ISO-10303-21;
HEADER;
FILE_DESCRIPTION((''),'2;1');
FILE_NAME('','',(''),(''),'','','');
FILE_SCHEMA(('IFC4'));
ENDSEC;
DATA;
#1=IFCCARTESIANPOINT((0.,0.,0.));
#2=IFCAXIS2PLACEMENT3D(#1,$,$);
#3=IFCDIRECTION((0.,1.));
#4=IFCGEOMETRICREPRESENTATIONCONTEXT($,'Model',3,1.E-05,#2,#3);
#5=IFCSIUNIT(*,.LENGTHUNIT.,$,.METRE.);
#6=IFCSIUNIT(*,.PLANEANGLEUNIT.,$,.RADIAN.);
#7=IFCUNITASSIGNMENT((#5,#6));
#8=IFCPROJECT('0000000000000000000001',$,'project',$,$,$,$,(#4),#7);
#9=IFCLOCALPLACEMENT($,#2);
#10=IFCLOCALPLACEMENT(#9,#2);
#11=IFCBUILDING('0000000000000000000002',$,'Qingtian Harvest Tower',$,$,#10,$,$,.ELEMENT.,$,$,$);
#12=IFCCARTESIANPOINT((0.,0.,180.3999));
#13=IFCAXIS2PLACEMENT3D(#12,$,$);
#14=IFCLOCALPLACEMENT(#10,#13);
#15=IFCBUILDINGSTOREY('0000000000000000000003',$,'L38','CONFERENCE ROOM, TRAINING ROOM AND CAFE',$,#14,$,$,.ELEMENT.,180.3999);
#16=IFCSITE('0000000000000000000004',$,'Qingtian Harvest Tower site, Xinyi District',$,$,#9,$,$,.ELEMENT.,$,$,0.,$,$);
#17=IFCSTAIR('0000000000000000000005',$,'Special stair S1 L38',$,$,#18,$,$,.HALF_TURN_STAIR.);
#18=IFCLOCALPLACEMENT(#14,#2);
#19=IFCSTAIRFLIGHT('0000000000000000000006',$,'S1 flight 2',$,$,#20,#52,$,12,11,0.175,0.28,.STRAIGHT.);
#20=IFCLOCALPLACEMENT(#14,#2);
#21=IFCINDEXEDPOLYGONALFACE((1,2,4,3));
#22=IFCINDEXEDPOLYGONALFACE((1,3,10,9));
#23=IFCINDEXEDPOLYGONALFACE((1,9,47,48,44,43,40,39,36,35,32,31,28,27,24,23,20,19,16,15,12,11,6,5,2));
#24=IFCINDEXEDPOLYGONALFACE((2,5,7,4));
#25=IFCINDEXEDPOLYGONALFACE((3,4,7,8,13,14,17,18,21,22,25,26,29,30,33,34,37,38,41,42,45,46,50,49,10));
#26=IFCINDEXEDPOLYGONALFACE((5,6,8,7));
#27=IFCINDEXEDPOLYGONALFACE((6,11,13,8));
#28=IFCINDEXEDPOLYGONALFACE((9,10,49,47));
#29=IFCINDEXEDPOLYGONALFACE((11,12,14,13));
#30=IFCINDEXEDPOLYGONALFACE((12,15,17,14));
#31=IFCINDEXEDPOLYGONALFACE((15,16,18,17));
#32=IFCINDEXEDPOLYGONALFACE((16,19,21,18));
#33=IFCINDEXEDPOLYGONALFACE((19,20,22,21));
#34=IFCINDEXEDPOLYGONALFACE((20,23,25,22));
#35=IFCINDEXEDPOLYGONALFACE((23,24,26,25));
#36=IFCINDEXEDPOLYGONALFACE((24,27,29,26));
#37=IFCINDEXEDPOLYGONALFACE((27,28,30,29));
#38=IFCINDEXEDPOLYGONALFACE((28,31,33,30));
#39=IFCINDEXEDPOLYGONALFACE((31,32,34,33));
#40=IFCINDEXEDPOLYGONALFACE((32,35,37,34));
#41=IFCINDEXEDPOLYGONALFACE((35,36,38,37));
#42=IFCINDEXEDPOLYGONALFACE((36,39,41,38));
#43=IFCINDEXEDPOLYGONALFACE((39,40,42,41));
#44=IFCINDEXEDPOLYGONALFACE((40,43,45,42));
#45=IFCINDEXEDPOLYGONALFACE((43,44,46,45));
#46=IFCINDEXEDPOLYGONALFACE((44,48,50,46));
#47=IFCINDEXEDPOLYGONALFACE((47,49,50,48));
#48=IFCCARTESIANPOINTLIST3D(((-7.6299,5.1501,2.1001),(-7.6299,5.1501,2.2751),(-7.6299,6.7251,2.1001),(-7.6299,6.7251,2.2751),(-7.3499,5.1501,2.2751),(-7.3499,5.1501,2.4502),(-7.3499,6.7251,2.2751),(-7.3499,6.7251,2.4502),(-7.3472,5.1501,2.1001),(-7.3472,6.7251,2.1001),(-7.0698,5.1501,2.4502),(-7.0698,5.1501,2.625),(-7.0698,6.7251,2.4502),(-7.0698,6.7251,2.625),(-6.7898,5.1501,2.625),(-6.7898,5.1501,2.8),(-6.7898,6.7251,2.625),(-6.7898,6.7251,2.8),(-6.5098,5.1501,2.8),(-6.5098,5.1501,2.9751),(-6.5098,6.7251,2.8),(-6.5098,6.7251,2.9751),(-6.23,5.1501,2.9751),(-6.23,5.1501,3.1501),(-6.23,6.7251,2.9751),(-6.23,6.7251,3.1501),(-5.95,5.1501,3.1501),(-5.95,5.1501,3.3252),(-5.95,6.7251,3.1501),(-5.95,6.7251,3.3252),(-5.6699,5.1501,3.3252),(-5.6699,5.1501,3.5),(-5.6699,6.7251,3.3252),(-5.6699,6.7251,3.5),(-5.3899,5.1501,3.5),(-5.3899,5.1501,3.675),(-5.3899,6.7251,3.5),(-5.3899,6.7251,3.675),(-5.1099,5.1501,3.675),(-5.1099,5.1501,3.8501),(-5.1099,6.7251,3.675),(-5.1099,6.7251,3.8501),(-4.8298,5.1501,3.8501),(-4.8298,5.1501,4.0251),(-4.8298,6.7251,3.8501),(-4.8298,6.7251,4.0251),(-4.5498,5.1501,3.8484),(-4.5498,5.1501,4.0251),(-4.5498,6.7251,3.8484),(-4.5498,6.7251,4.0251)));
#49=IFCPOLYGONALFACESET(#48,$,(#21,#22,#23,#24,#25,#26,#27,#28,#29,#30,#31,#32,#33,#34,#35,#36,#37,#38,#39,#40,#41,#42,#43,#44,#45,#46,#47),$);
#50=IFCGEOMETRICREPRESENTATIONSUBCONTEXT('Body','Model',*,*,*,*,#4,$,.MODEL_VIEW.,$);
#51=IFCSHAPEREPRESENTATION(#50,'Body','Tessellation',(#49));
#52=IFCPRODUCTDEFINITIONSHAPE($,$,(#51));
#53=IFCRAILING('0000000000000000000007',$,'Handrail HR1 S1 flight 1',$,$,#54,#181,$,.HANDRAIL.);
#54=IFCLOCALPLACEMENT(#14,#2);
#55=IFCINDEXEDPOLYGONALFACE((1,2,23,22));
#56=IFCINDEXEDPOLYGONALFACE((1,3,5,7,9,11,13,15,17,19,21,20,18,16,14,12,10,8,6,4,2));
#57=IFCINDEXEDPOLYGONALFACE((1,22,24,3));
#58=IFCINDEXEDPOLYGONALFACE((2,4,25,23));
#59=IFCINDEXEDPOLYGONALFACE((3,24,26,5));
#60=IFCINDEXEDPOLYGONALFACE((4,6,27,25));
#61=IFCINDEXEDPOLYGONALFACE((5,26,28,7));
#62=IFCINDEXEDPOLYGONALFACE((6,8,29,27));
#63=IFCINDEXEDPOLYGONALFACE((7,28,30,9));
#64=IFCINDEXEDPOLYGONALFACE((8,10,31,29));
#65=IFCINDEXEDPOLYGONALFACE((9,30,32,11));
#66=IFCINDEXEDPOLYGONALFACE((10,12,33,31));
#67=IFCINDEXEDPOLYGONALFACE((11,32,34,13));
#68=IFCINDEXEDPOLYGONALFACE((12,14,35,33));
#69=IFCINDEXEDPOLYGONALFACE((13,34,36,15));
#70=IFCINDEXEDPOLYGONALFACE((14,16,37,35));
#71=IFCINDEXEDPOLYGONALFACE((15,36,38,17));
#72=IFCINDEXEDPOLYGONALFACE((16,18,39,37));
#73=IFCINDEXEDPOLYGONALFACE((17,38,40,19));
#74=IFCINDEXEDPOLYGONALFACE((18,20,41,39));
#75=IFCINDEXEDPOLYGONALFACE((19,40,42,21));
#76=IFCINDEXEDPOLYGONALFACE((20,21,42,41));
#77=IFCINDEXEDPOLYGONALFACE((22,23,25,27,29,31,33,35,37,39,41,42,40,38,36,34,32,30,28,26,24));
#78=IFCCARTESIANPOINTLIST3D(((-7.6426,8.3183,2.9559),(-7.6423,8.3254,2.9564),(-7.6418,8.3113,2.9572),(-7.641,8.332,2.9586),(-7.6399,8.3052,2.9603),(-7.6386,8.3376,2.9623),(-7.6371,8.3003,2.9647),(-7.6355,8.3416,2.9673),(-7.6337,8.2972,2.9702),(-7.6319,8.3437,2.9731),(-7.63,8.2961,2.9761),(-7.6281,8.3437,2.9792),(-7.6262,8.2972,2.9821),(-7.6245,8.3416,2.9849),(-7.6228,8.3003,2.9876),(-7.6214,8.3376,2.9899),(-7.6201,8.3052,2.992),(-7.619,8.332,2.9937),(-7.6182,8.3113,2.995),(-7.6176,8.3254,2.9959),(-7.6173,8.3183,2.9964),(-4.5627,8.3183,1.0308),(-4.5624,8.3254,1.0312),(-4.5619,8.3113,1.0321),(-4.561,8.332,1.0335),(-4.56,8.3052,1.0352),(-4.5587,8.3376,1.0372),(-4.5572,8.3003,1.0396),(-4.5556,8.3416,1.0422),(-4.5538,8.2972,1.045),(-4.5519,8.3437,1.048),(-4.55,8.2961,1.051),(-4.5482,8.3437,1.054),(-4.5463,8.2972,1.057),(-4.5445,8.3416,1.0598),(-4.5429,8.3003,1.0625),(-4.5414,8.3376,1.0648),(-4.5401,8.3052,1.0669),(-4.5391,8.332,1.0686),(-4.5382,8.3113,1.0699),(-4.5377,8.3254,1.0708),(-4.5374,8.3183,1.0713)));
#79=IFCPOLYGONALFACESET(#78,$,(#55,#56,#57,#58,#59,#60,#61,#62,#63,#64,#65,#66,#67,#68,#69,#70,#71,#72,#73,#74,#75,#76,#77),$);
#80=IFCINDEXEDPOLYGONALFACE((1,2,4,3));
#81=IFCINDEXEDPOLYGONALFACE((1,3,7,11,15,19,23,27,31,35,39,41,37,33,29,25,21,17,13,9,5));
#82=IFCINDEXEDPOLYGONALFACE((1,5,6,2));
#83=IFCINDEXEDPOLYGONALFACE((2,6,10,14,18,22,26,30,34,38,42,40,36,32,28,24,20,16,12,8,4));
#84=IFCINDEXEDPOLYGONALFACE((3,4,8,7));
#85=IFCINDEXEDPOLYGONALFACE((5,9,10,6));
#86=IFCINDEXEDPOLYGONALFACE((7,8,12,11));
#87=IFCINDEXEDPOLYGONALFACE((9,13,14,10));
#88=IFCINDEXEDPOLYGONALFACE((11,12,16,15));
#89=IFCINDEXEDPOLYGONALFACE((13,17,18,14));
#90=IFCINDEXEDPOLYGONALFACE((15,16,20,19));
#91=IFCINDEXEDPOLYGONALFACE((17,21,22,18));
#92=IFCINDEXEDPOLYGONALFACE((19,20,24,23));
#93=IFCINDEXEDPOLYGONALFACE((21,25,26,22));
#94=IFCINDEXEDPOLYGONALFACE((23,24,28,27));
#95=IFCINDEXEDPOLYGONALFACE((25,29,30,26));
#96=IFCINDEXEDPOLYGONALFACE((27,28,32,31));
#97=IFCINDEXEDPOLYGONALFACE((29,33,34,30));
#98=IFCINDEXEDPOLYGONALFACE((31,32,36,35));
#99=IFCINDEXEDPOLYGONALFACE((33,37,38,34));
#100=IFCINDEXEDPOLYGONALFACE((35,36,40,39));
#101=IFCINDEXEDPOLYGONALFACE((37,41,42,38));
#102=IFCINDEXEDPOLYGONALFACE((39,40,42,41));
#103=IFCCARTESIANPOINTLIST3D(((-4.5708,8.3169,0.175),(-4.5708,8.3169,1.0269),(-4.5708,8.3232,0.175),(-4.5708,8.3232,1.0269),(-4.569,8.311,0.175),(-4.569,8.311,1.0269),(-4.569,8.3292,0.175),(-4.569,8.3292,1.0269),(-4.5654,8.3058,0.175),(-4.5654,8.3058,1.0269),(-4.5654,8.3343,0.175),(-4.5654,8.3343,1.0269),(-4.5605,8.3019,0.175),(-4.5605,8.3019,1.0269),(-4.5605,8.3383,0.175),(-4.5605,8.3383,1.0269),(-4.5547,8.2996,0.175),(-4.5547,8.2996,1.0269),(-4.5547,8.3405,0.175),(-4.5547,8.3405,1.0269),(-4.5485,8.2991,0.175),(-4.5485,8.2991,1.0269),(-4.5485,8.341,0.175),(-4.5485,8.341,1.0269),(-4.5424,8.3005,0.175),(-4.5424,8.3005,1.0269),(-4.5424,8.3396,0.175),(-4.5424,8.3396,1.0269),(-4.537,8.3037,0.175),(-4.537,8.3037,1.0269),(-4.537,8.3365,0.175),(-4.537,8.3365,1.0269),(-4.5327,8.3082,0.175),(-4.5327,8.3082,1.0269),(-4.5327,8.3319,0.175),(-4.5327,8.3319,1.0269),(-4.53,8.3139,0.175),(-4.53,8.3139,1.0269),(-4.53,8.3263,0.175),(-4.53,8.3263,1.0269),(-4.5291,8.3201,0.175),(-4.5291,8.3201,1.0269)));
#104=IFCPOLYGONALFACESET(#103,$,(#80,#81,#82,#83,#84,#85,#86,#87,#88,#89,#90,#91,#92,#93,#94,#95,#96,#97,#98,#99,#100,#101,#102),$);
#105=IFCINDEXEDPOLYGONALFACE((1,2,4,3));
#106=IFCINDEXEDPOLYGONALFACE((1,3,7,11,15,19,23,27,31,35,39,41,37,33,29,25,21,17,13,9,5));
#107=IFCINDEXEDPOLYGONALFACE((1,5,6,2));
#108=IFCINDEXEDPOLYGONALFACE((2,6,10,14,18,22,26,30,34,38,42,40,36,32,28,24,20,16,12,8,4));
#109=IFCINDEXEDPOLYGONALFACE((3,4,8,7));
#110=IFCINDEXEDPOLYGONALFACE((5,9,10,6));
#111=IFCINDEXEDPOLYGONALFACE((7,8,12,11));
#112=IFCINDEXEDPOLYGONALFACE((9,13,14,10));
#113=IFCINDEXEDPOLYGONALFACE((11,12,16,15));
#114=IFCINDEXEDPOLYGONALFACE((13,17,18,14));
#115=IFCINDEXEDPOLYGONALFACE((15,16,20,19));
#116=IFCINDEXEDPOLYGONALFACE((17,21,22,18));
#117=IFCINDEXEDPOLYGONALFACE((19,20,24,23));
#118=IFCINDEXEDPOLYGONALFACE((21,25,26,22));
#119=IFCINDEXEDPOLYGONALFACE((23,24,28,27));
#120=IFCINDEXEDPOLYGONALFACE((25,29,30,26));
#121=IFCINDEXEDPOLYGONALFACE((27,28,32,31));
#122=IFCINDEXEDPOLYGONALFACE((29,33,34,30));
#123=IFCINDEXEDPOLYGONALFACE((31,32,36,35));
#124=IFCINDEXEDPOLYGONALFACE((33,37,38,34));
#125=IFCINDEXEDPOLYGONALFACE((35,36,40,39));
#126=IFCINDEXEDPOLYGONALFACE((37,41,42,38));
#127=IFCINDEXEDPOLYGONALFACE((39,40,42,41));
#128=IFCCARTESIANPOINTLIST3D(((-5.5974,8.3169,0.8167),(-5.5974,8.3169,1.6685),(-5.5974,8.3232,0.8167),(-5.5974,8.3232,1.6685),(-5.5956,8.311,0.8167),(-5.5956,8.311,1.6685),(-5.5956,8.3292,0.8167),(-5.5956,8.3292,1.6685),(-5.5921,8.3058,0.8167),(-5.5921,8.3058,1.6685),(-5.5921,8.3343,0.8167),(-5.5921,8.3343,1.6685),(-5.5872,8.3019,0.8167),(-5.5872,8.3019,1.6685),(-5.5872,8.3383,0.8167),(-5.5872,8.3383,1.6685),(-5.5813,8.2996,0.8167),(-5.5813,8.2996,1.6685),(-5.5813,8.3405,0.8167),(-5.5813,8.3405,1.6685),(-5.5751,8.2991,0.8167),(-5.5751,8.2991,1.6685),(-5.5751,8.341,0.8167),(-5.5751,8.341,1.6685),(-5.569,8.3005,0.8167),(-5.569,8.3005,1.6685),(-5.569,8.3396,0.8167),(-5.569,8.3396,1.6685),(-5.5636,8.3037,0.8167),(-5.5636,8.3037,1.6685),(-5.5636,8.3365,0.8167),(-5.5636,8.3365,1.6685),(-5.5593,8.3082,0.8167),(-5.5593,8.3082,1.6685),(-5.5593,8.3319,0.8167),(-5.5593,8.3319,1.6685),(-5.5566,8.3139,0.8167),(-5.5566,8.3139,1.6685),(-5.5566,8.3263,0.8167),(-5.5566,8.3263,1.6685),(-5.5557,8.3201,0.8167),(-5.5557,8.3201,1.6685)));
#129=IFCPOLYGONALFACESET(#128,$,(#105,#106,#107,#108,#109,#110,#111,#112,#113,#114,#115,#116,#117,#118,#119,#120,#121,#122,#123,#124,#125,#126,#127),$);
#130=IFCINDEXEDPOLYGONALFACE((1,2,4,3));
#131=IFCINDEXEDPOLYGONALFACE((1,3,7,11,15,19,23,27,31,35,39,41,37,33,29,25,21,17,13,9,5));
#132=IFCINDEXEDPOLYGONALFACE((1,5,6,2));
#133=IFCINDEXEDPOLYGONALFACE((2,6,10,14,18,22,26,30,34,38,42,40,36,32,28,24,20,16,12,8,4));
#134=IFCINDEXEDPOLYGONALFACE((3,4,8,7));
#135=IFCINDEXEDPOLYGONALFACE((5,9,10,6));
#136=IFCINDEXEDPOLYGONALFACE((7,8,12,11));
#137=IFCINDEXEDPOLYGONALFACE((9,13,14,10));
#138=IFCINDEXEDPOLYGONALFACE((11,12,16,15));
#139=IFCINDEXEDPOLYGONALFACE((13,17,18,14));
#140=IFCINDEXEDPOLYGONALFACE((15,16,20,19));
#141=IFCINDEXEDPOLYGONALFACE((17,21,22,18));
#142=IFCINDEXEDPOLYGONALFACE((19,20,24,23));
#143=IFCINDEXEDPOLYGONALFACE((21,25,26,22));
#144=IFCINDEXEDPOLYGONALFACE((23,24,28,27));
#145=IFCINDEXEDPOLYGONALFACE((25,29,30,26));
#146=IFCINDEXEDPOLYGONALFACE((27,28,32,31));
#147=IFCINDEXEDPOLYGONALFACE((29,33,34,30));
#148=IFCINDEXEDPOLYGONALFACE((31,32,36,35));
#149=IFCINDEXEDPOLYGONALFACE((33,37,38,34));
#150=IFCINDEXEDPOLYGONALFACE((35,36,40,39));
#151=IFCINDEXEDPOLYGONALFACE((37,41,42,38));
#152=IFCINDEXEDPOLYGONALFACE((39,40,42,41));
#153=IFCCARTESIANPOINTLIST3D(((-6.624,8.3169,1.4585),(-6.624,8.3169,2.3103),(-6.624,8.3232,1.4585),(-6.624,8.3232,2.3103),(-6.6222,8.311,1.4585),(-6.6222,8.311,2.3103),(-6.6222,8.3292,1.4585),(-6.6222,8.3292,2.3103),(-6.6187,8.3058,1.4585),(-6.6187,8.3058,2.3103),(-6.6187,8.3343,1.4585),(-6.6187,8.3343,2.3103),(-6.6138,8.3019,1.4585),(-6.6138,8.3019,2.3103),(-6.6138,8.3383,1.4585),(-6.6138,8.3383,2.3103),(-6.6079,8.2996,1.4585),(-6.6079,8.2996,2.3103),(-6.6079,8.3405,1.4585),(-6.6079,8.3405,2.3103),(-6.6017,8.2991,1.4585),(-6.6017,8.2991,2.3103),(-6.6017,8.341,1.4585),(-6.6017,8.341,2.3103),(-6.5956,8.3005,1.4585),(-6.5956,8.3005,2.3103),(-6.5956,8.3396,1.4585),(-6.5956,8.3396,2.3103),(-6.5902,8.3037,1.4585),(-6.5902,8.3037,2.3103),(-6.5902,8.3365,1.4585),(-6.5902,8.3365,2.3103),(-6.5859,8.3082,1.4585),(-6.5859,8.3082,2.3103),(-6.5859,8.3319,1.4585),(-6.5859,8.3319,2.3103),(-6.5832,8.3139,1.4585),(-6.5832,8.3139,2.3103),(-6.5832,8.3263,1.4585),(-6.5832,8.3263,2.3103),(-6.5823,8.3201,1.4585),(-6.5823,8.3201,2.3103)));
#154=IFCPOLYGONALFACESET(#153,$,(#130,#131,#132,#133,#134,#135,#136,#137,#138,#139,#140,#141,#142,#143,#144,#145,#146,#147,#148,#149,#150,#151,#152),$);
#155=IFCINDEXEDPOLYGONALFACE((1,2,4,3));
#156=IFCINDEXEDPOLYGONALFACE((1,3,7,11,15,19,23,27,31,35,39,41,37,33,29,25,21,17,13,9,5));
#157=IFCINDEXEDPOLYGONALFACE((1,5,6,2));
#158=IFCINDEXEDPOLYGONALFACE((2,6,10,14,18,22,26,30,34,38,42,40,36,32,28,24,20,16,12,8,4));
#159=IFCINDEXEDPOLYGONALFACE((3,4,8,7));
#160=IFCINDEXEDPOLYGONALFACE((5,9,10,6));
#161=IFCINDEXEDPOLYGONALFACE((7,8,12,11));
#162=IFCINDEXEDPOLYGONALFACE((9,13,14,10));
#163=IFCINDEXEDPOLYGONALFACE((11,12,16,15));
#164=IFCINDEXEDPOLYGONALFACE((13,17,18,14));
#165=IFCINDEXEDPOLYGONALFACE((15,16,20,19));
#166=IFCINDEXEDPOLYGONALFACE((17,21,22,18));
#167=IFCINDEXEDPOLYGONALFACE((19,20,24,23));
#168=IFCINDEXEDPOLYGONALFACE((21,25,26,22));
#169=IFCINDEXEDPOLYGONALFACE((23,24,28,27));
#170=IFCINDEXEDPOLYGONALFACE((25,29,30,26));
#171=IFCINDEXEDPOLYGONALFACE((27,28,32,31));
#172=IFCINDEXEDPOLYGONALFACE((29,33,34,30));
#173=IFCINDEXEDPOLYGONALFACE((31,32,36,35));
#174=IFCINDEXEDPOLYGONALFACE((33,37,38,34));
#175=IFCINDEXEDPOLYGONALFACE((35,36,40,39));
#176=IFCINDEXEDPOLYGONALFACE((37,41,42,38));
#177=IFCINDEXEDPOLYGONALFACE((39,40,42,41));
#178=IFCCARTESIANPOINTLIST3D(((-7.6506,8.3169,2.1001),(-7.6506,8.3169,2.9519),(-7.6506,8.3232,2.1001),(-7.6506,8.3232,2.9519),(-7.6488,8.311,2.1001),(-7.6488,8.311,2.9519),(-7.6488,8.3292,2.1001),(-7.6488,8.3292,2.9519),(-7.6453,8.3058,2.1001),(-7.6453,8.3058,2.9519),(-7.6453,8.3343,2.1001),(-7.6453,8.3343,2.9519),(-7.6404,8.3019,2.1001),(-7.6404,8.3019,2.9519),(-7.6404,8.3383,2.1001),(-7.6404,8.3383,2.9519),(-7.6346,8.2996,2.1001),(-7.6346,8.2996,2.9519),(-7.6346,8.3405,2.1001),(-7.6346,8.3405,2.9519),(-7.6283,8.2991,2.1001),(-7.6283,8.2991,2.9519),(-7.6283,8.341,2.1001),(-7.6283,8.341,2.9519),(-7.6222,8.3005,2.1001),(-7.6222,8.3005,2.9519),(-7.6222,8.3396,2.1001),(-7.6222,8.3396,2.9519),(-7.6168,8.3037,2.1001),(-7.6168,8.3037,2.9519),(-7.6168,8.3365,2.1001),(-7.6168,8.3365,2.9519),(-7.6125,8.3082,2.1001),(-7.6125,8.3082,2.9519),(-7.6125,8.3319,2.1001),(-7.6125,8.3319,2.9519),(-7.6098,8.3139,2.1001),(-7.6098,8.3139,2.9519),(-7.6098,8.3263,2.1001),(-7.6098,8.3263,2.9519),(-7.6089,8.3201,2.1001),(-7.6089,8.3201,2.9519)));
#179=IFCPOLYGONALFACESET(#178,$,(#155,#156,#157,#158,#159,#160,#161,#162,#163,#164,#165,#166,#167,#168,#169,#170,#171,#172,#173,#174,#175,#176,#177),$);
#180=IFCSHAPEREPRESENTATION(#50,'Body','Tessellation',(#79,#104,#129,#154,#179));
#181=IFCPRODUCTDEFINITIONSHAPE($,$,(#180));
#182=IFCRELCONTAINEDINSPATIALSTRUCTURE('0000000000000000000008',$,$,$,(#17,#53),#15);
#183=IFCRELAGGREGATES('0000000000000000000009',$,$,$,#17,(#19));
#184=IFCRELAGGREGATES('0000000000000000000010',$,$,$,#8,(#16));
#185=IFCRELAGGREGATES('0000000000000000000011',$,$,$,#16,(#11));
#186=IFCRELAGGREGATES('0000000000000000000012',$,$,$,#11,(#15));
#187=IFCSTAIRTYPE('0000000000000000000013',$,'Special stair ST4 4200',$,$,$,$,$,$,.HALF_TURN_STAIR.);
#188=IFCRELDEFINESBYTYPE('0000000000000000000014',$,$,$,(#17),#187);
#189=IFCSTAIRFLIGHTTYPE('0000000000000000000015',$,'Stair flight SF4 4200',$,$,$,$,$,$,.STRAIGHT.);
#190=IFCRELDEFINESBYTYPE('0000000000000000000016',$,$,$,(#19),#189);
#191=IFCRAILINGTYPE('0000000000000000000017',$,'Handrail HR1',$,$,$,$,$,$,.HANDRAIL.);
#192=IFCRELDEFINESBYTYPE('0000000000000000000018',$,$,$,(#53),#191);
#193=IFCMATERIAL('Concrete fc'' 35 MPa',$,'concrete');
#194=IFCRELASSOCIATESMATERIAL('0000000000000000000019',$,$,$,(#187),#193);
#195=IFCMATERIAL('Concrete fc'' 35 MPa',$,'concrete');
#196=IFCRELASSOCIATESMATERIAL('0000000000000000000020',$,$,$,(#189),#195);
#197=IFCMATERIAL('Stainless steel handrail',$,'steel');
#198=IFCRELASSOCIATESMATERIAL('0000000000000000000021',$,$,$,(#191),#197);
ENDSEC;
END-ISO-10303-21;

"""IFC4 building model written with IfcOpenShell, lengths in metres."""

from ifc_helpers import new_model, si_unit, direction, frame, origin, origin_2d, place, context, subcontext, project, spatial, polyline, circle, outline, extrude, material, type_object, element, aggregate, save


model = new_model("IFC4")

# Units and contexts
model_context = context("Model", 3, precision=1e-05, world=origin(), true_north=direction((0.0, 1.0)))
body_context = subcontext(model_context, "Body", "Model", "MODEL_VIEW")
ifc_project = project(units=[si_unit("LENGTHUNIT", "METRE"), si_unit("PLANEANGLEUNIT", "RADIAN")], contexts=[model_context])

# Site, building, storey
site_placement = place(None, origin())
site = spatial("IfcSite", under=ifc_project, at=site_placement, Name="Qingtian Harvest Tower site, Xinyi District", CompositionType="ELEMENT", RefElevation=0.0)
building_placement = place(site_placement, origin())
building = spatial("IfcBuilding", under=site, at=building_placement, Name="Qingtian Harvest Tower", CompositionType="ELEMENT")
storey_placement = place(building_placement, frame((0.0, 0.0, 180.3999)))
storey = spatial("IfcBuildingStorey", under=building, at=storey_placement, Name="L38", Description="CONFERENCE ROOM, TRAINING ROOM AND CAFE", CompositionType="ELEMENT", Elevation=180.3999)

# Stair, stair flight
ifc_material_1 = material(Name="Concrete fc' 35 MPa", Category="concrete")
stair_type = type_object("IfcStairType", Name="Special stair ST4 4200", PredefinedType="HALF_TURN_STAIR", material=ifc_material_1)
stair_placement = place(storey_placement, origin())
stair = element("IfcStair", 1, at=stair_placement, inside=storey, type_object=stair_type, Name="Special stair S1 L38", PredefinedType="HALF_TURN_STAIR")
ifc_material_2 = material(Name="Concrete fc' 35 MPa", Category="concrete")
stair_flight_type = type_object("IfcStairFlightType", Name="Stair flight SF4 4200", PredefinedType="STRAIGHT", material=ifc_material_2)
stair_flight_1_placement = place(storey_placement, frame((-7.6299, 5.9375, 2.1001), z_axis=(0.0, 0.0, 1.0), x_axis=(1.0, 0.0, 0.0)))
stair_flight_1 = element("IfcStairFlight", 2, at=stair_flight_1_placement, type_object=stair_flight_type, Name="S1 flight 2", NumberOfRisers=12, NumberOfTreads=11, PredefinedType="STRAIGHT", RiserHeight=0.175, TreadLength=0.28, context=body_context, shape_type="SweptSolid", body=[
    extrude(outline(polyline([(0.0, 0.0), (0.0, 0.175), (0.28, 0.175), (0.28, 0.3501), (0.5601, 0.3501), (0.5601, 0.5249), (0.8401, 0.5249), (0.8401, 0.7), (1.1201, 0.7), (1.1201, 0.875), (1.3999, 0.875), (1.3999, 1.05), (1.6799, 1.05), (1.6799, 1.2251), (1.96, 1.2251), (1.96, 1.3999), (2.24, 1.3999), (2.24, 1.575), (2.52, 1.575), (2.52, 1.75), (2.8, 1.75), (2.8, 1.925), (3.0801, 1.925), (3.0801, 2.1001), (3.0801, 1.7483), (0.2827, 0.0), (0.0, 0.0)])), frame((0.0, 0.7876, 0.0), z_axis=(0.0, -1.0, 0.0), x_axis=(1.0, 0.0, 0.0)), (0.0, 0.0, 1.0), 1.575),
])
aggregate(stair, [stair_flight_1])

# Railing
ifc_material_3 = material(Name="Stainless steel handrail", Category="steel")
railing_type = type_object("IfcRailingType", Name="Handrail HR1", PredefinedType="HANDRAIL", material=ifc_material_3)
railing_1_placement = place(storey_placement, frame((-4.55, 8.3201, 0.175)))
element("IfcRailing", 3, at=railing_1_placement, inside=storey, type_object=railing_type, Name="Handrail HR1 S1 flight 1", PredefinedType="HANDRAIL", context=body_context, shape_type="SweptSolid", body=[
    extrude(circle(Radius=0.0239, at=origin_2d()), frame((0.0, 0.0, 0.876), z_axis=(-0.847979, 0.0, 0.530029), x_axis=(0.0, -1.0, 0.0)), (0.0, 0.0, 1.0), 3.6321),
    extrude(circle(Radius=0.021, at=origin_2d()), origin(), (0.0, 0.0, 1.0), 0.8518),
    extrude(circle(Radius=0.021, at=origin_2d()), frame((-1.0266, 0.0, 0.6416)), (0.0, 0.0, 1.0), 0.8518),
    extrude(circle(Radius=0.021, at=origin_2d()), frame((-2.0532, 0.0, 1.2834)), (0.0, 0.0, 1.0), 0.8518),
    extrude(circle(Radius=0.021, at=origin_2d()), frame((-3.0798, 0.0, 1.925)), (0.0, 0.0, 1.0), 0.8518),
])

save(model, "model.ifc")
